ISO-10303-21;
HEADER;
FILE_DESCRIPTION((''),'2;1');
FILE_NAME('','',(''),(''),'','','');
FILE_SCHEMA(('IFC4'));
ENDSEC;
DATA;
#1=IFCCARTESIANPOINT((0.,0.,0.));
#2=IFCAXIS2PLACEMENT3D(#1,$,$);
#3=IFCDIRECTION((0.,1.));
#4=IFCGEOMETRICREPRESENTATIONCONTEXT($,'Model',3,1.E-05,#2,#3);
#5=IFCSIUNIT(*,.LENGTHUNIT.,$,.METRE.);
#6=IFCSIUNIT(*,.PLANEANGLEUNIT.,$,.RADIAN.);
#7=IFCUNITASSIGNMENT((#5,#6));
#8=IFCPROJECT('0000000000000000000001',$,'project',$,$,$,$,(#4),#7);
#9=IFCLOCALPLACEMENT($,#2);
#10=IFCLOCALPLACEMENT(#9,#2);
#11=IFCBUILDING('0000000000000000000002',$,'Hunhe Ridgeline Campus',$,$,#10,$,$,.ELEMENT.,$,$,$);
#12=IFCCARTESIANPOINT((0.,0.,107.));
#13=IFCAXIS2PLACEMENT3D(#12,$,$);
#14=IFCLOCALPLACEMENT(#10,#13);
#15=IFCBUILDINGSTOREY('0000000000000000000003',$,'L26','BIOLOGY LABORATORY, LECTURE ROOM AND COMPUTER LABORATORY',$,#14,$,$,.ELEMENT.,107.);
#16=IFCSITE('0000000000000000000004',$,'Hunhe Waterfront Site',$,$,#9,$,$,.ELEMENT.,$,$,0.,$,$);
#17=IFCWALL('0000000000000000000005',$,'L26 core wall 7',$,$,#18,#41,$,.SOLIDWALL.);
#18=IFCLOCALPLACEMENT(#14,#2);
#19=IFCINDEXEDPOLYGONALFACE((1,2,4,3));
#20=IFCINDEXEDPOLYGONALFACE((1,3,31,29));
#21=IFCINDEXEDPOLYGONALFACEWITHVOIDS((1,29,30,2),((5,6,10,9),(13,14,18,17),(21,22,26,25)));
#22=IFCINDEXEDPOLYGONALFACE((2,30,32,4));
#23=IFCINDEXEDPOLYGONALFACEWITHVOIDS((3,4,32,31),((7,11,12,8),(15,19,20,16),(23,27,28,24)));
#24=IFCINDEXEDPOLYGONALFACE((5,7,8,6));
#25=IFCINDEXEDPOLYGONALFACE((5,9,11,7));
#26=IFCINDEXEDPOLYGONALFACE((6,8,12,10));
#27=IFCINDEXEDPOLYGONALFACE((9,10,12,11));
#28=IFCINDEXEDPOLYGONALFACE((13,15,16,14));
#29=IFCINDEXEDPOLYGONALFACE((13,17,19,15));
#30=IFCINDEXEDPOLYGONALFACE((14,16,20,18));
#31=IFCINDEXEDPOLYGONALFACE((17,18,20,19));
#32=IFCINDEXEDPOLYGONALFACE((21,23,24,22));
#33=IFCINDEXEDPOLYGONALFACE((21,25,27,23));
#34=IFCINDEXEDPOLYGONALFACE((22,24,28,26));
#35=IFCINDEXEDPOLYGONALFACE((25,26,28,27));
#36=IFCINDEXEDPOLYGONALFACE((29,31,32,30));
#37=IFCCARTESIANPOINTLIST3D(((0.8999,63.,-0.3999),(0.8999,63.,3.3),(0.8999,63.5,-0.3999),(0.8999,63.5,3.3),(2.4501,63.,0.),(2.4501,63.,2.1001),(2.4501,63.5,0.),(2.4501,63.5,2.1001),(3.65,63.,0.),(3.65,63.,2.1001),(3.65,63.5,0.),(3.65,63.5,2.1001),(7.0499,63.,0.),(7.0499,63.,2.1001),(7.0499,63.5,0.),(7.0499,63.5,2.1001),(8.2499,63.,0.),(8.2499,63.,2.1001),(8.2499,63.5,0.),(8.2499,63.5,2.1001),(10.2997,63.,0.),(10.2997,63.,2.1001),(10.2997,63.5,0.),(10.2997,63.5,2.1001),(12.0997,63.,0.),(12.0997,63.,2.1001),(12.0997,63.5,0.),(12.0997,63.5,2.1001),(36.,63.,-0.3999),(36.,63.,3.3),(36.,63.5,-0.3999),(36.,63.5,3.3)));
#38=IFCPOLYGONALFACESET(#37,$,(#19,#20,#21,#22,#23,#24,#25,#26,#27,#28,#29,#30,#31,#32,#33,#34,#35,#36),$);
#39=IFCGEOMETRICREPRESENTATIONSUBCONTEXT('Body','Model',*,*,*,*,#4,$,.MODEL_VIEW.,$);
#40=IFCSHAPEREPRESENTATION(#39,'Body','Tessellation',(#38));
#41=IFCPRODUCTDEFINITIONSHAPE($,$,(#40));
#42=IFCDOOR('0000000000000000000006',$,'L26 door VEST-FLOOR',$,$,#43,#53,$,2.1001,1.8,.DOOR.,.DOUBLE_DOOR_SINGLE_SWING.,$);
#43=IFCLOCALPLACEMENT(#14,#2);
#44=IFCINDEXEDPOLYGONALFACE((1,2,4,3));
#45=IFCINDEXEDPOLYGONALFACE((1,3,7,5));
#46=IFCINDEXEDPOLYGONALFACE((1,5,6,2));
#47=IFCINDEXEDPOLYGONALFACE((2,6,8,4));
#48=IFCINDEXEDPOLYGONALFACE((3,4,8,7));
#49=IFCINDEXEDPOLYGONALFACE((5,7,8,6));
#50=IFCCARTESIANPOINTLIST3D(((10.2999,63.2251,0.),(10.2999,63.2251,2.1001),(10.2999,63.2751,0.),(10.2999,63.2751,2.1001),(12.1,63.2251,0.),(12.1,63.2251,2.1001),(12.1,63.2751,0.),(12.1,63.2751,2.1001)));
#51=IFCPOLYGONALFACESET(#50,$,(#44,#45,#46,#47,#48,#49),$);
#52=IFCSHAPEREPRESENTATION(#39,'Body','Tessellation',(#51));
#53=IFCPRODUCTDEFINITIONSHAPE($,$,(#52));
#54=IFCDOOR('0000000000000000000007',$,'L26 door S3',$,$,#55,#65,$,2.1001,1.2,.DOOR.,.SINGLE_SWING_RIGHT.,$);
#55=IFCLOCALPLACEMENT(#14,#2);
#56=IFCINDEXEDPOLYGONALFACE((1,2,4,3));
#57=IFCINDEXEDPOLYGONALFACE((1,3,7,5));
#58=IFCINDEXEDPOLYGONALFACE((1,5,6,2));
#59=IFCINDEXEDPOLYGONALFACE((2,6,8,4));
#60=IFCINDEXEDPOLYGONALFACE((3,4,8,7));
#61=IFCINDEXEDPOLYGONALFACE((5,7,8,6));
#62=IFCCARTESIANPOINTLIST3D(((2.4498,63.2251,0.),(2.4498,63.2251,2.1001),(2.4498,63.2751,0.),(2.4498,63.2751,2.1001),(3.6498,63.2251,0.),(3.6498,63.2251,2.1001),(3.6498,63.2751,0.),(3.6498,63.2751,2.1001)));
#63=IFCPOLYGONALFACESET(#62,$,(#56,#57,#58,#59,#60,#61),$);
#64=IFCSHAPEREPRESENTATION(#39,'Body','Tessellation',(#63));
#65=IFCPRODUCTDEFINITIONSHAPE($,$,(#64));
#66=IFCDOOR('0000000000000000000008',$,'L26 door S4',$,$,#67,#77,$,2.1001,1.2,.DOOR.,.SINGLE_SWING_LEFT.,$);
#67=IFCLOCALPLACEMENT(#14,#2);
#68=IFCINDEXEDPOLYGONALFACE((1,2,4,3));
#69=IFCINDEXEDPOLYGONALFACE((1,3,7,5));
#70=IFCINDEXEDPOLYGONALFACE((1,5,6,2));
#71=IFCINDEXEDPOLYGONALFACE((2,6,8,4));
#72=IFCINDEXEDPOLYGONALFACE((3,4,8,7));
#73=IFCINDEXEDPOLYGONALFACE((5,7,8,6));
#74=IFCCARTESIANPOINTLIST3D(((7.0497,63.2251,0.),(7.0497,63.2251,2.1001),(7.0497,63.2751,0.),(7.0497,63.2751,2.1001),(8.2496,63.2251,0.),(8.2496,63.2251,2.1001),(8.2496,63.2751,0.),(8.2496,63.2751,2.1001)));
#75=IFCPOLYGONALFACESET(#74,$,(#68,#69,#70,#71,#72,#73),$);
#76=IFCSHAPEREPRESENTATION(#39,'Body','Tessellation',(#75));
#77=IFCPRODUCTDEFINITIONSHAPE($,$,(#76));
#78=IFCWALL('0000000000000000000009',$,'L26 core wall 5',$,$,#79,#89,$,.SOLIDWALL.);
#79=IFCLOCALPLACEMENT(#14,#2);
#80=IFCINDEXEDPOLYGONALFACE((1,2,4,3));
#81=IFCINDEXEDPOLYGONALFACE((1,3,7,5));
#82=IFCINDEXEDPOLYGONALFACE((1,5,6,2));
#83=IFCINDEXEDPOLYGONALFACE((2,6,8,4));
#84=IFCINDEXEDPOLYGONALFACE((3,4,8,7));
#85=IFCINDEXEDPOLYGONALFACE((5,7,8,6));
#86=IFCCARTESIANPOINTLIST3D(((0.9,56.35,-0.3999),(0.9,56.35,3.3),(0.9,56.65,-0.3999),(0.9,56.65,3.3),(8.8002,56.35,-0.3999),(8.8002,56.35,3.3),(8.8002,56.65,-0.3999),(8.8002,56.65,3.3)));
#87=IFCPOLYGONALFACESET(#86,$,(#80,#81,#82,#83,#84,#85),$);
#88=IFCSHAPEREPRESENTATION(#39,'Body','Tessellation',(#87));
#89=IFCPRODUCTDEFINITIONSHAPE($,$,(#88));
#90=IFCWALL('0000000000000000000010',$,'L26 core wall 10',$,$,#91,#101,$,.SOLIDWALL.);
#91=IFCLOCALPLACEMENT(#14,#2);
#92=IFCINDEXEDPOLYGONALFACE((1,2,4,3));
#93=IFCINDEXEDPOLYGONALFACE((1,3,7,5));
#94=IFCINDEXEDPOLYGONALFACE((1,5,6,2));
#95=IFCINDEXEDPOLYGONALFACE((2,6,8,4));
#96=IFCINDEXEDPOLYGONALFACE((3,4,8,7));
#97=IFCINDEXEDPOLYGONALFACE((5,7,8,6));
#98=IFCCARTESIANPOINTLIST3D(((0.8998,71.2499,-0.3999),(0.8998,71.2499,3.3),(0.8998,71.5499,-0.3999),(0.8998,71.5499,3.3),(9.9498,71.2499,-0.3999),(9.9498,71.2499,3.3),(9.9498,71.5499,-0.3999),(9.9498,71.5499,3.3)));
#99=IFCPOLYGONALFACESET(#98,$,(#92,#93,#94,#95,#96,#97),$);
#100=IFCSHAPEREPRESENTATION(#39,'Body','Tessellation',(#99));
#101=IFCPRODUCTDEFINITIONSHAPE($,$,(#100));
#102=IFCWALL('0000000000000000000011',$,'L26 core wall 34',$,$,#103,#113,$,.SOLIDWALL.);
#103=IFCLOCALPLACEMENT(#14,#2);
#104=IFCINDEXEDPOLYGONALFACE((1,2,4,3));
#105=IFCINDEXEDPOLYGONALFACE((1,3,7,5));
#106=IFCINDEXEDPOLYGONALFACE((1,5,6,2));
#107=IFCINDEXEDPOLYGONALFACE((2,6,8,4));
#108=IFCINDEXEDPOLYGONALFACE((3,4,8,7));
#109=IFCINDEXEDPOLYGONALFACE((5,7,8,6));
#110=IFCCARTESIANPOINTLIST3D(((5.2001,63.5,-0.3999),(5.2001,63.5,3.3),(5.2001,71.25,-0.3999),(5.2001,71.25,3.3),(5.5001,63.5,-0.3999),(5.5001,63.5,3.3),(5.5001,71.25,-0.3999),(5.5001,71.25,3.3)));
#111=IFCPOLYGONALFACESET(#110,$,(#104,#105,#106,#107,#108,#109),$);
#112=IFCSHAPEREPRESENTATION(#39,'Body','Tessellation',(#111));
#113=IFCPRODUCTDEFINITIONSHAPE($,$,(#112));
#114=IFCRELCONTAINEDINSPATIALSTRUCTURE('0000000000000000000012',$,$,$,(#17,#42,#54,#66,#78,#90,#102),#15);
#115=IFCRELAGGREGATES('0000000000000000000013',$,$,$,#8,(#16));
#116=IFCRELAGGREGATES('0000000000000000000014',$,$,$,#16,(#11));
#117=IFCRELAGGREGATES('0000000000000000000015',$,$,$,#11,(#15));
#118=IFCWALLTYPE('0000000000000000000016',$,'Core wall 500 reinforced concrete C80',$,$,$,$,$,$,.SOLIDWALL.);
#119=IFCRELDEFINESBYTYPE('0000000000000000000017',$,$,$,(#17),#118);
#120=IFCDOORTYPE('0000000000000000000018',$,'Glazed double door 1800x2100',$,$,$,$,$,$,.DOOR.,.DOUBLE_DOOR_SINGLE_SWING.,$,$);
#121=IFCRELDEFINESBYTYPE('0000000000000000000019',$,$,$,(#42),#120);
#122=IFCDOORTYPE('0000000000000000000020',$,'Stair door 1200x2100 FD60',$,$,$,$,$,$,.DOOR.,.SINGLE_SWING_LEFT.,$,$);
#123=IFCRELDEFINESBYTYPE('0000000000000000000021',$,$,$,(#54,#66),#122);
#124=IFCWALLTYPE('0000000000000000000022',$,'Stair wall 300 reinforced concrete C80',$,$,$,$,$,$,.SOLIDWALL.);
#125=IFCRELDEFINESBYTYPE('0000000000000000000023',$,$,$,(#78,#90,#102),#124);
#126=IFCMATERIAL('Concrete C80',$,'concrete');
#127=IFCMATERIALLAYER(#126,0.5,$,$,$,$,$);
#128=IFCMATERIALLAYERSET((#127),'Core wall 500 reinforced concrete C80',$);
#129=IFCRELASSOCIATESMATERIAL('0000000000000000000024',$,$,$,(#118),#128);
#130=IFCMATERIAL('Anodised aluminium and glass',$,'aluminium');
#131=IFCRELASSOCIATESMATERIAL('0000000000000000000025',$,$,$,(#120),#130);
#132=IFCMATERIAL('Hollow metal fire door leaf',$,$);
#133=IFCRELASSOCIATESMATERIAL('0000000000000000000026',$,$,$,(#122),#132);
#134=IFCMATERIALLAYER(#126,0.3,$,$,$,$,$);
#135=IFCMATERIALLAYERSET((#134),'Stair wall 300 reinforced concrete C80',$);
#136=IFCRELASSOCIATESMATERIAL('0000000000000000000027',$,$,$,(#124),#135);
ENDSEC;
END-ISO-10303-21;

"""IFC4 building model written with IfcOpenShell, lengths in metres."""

from ifc_helpers import new_model, si_unit, direction, frame, frame_2d, origin, place, context, subcontext, project, spatial, rectangle, extrude, material, layer, layer_set, type_object, element, fill, save


model = new_model("IFC4")

# Units and contexts
model_context = context("Model", 3, precision=1e-05, world=origin(), true_north=direction((0.0, 1.0)))
body_context = subcontext(model_context, "Body", "Model", "MODEL_VIEW")
ifc_project = project(units=[si_unit("LENGTHUNIT", "METRE"), si_unit("PLANEANGLEUNIT", "RADIAN")], contexts=[model_context])

# Site, building, storey
site_placement = place(None, origin())
site = spatial("IfcSite", under=ifc_project, at=site_placement, Name="Hunhe Waterfront Site", CompositionType="ELEMENT", RefElevation=0.0)
building_placement = place(site_placement, origin())
building = spatial("IfcBuilding", under=site, at=building_placement, Name="Hunhe Ridgeline Campus", CompositionType="ELEMENT")
storey_placement = place(building_placement, frame((0.0, 0.0, 107.0)))
storey = spatial("IfcBuildingStorey", under=building, at=storey_placement, Name="L26", Description="BIOLOGY LABORATORY, LECTURE ROOM AND COMPUTER LABORATORY", CompositionType="ELEMENT", Elevation=107.0)

# Wall, openings, doors
ifc_material_1 = material(Name="Concrete C80", Category="concrete")
ifc_layer_1 = layer(ifc_material_1, 0.5)
ifc_layer_set_1 = layer_set([ifc_layer_1], Name="Core wall 500 reinforced concrete C80")
wall_type_1 = type_object("IfcWallType", Name="Core wall 500 reinforced concrete C80", PredefinedType="SOLIDWALL", material=ifc_layer_set_1)
wall_1_placement = place(storey_placement, frame((0.8999, 63.25, -0.3999), z_axis=(0.0, 0.0, 1.0), x_axis=(1.0, 0.0, 0.0)))
wall_1 = element("IfcWall", 1, at=wall_1_placement, inside=storey, type_object=wall_type_1, Name="L26 core wall 7", PredefinedType="SOLIDWALL", context=body_context, shape_type="SweptSolid", body=[
    extrude(rectangle(XDim=35.1001, YDim=0.5, at=frame_2d((17.55, 0.0))), origin(), (0.0, 0.0, 1.0), 3.7),
])
opening_1_placement = place(wall_1_placement, frame((9.3999, 0.0, 0.3999)))
opening_1 = element("IfcOpeningElement", 2, at=opening_1_placement, cuts=wall_1, PredefinedType="OPENING", context=body_context, shape_type="SweptSolid", body=[
    extrude(rectangle(XDim=1.8, YDim=2.1001, at=frame_2d((0.8999, 1.05))), frame((0.0, 0.25, 0.0), z_axis=(0.0, -1.0, 0.0), x_axis=(1.0, 0.0, 0.0)), (0.0, 0.0, 1.0), 0.5),
])
opening_2_placement = place(wall_1_placement, frame((1.55, 0.0, 0.3999)))
opening_2 = element("IfcOpeningElement", 3, at=opening_2_placement, cuts=wall_1, PredefinedType="OPENING", context=body_context, shape_type="SweptSolid", body=[
    extrude(rectangle(XDim=1.2, YDim=2.1001, at=frame_2d((0.6001, 1.05))), frame((0.0, 0.25, 0.0), z_axis=(0.0, -1.0, 0.0), x_axis=(1.0, 0.0, 0.0)), (0.0, 0.0, 1.0), 0.5),
])
opening_3_placement = place(wall_1_placement, frame((6.1499, 0.0, 0.3999)))
opening_3 = element("IfcOpeningElement", 4, at=opening_3_placement, cuts=wall_1, PredefinedType="OPENING", context=body_context, shape_type="SweptSolid", body=[
    extrude(rectangle(XDim=1.2, YDim=2.1001, at=frame_2d((0.6001, 1.05))), frame((0.0, 0.25, 0.0), z_axis=(0.0, -1.0, 0.0), x_axis=(1.0, 0.0, 0.0)), (0.0, 0.0, 1.0), 0.5),
])
ifc_material_2 = material(Name="Anodised aluminium and glass", Category="aluminium")
door_type_1 = type_object("IfcDoorType", Name="Glazed double door 1800x2100", OperationType="DOUBLE_DOOR_SINGLE_SWING", PredefinedType="DOOR", material=ifc_material_2)
door_1_placement = place(opening_1_placement, frame((1.8, 0.0, 0.0), z_axis=(0.0, 0.0, 1.0), x_axis=(-1.0, 0.0, 0.0)))
door_1 = element("IfcDoor", 5, at=door_1_placement, inside=storey, type_object=door_type_1, Name="L26 door VEST-FLOOR", OperationType="DOUBLE_DOOR_SINGLE_SWING", OverallHeight=2.1001, OverallWidth=1.8, PredefinedType="DOOR", context=body_context, shape_type="SweptSolid", body=[
    extrude(rectangle(XDim=1.8, YDim=2.1001, at=frame_2d((0.8999, 1.05))), frame((0.0, 0.0249, 0.0), z_axis=(0.0, -1.0, 0.0), x_axis=(1.0, 0.0, 0.0)), (0.0, 0.0, 1.0), 0.05),
])
fill(opening_1, door_1)
ifc_material_3 = material(Name="Hollow metal fire door leaf")
door_type_2 = type_object("IfcDoorType", Name="Stair door 1200x2100 FD60", OperationType="SINGLE_SWING_LEFT", PredefinedType="DOOR", material=ifc_material_3)
door_2_placement = place(opening_2_placement, frame((1.2, 0.0, 0.0), z_axis=(0.0, 0.0, 1.0), x_axis=(-1.0, 0.0, 0.0)))
door_2 = element("IfcDoor", 6, at=door_2_placement, inside=storey, type_object=door_type_2, Name="L26 door S3", OperationType="SINGLE_SWING_RIGHT", OverallHeight=2.1001, OverallWidth=1.2, PredefinedType="DOOR", context=body_context, shape_type="SweptSolid", body=[
    extrude(rectangle(XDim=1.2, YDim=2.1001, at=frame_2d((0.6001, 1.05))), frame((0.0, 0.0249, 0.0), z_axis=(0.0, -1.0, 0.0), x_axis=(1.0, 0.0, 0.0)), (0.0, 0.0, 1.0), 0.05),
])
fill(opening_2, door_2)
door_3_placement = place(opening_3_placement, frame((1.2, 0.0, 0.0), z_axis=(0.0, 0.0, 1.0), x_axis=(-1.0, 0.0, 0.0)))
door_3 = element("IfcDoor", 7, at=door_3_placement, inside=storey, type_object=door_type_2, Name="L26 door S4", OperationType="SINGLE_SWING_LEFT", OverallHeight=2.1001, OverallWidth=1.2, PredefinedType="DOOR", context=body_context, shape_type="SweptSolid", body=[
    extrude(rectangle(XDim=1.2, YDim=2.1001, at=frame_2d((0.6001, 1.05))), frame((0.0, 0.0249, 0.0), z_axis=(0.0, -1.0, 0.0), x_axis=(1.0, 0.0, 0.0)), (0.0, 0.0, 1.0), 0.05),
])
fill(opening_3, door_3)

# Wall
ifc_layer_2 = layer(ifc_material_1, 0.3)
ifc_layer_set_2 = layer_set([ifc_layer_2], Name="Stair wall 300 reinforced concrete C80")
wall_type_2 = type_object("IfcWallType", Name="Stair wall 300 reinforced concrete C80", PredefinedType="SOLIDWALL", material=ifc_layer_set_2)
wall_2_placement = place(storey_placement, frame((0.8999, 56.5, -0.3999), z_axis=(0.0, 0.0, 1.0), x_axis=(1.0, 0.0, 0.0)))
element("IfcWall", 8, at=wall_2_placement, inside=storey, type_object=wall_type_2, Name="L26 core wall 5", PredefinedType="SOLIDWALL", context=body_context, shape_type="SweptSolid", body=[
    extrude(rectangle(XDim=7.9001, YDim=0.3, at=frame_2d((3.9502, 0.0))), origin(), (0.0, 0.0, 1.0), 3.7),
])

# Walls
wall_3_placement = place(storey_placement, frame((0.8999, 71.3999, -0.3999), z_axis=(0.0, 0.0, 1.0), x_axis=(1.0, 0.0, 0.0)))
element("IfcWall", 9, at=wall_3_placement, inside=storey, type_object=wall_type_2, Name="L26 core wall 10", PredefinedType="SOLIDWALL", context=body_context, shape_type="SweptSolid", body=[
    extrude(rectangle(XDim=9.05, YDim=0.3, at=frame_2d((4.5249, 0.0))), origin(), (0.0, 0.0, 1.0), 3.7),
])
wall_4_placement = place(storey_placement, frame((5.3501, 63.5, -0.3999), z_axis=(0.0, 0.0, 1.0), x_axis=(0.0, 1.0, 0.0)))
element("IfcWall", 10, at=wall_4_placement, inside=storey, type_object=wall_type_2, Name="L26 core wall 34", PredefinedType="SOLIDWALL", context=body_context, shape_type="SweptSolid", body=[
    extrude(rectangle(XDim=7.75, YDim=0.3, at=frame_2d((3.875, 0.0))), origin(), (0.0, 0.0, 1.0), 3.7),
])

save(model, "model.ifc")
